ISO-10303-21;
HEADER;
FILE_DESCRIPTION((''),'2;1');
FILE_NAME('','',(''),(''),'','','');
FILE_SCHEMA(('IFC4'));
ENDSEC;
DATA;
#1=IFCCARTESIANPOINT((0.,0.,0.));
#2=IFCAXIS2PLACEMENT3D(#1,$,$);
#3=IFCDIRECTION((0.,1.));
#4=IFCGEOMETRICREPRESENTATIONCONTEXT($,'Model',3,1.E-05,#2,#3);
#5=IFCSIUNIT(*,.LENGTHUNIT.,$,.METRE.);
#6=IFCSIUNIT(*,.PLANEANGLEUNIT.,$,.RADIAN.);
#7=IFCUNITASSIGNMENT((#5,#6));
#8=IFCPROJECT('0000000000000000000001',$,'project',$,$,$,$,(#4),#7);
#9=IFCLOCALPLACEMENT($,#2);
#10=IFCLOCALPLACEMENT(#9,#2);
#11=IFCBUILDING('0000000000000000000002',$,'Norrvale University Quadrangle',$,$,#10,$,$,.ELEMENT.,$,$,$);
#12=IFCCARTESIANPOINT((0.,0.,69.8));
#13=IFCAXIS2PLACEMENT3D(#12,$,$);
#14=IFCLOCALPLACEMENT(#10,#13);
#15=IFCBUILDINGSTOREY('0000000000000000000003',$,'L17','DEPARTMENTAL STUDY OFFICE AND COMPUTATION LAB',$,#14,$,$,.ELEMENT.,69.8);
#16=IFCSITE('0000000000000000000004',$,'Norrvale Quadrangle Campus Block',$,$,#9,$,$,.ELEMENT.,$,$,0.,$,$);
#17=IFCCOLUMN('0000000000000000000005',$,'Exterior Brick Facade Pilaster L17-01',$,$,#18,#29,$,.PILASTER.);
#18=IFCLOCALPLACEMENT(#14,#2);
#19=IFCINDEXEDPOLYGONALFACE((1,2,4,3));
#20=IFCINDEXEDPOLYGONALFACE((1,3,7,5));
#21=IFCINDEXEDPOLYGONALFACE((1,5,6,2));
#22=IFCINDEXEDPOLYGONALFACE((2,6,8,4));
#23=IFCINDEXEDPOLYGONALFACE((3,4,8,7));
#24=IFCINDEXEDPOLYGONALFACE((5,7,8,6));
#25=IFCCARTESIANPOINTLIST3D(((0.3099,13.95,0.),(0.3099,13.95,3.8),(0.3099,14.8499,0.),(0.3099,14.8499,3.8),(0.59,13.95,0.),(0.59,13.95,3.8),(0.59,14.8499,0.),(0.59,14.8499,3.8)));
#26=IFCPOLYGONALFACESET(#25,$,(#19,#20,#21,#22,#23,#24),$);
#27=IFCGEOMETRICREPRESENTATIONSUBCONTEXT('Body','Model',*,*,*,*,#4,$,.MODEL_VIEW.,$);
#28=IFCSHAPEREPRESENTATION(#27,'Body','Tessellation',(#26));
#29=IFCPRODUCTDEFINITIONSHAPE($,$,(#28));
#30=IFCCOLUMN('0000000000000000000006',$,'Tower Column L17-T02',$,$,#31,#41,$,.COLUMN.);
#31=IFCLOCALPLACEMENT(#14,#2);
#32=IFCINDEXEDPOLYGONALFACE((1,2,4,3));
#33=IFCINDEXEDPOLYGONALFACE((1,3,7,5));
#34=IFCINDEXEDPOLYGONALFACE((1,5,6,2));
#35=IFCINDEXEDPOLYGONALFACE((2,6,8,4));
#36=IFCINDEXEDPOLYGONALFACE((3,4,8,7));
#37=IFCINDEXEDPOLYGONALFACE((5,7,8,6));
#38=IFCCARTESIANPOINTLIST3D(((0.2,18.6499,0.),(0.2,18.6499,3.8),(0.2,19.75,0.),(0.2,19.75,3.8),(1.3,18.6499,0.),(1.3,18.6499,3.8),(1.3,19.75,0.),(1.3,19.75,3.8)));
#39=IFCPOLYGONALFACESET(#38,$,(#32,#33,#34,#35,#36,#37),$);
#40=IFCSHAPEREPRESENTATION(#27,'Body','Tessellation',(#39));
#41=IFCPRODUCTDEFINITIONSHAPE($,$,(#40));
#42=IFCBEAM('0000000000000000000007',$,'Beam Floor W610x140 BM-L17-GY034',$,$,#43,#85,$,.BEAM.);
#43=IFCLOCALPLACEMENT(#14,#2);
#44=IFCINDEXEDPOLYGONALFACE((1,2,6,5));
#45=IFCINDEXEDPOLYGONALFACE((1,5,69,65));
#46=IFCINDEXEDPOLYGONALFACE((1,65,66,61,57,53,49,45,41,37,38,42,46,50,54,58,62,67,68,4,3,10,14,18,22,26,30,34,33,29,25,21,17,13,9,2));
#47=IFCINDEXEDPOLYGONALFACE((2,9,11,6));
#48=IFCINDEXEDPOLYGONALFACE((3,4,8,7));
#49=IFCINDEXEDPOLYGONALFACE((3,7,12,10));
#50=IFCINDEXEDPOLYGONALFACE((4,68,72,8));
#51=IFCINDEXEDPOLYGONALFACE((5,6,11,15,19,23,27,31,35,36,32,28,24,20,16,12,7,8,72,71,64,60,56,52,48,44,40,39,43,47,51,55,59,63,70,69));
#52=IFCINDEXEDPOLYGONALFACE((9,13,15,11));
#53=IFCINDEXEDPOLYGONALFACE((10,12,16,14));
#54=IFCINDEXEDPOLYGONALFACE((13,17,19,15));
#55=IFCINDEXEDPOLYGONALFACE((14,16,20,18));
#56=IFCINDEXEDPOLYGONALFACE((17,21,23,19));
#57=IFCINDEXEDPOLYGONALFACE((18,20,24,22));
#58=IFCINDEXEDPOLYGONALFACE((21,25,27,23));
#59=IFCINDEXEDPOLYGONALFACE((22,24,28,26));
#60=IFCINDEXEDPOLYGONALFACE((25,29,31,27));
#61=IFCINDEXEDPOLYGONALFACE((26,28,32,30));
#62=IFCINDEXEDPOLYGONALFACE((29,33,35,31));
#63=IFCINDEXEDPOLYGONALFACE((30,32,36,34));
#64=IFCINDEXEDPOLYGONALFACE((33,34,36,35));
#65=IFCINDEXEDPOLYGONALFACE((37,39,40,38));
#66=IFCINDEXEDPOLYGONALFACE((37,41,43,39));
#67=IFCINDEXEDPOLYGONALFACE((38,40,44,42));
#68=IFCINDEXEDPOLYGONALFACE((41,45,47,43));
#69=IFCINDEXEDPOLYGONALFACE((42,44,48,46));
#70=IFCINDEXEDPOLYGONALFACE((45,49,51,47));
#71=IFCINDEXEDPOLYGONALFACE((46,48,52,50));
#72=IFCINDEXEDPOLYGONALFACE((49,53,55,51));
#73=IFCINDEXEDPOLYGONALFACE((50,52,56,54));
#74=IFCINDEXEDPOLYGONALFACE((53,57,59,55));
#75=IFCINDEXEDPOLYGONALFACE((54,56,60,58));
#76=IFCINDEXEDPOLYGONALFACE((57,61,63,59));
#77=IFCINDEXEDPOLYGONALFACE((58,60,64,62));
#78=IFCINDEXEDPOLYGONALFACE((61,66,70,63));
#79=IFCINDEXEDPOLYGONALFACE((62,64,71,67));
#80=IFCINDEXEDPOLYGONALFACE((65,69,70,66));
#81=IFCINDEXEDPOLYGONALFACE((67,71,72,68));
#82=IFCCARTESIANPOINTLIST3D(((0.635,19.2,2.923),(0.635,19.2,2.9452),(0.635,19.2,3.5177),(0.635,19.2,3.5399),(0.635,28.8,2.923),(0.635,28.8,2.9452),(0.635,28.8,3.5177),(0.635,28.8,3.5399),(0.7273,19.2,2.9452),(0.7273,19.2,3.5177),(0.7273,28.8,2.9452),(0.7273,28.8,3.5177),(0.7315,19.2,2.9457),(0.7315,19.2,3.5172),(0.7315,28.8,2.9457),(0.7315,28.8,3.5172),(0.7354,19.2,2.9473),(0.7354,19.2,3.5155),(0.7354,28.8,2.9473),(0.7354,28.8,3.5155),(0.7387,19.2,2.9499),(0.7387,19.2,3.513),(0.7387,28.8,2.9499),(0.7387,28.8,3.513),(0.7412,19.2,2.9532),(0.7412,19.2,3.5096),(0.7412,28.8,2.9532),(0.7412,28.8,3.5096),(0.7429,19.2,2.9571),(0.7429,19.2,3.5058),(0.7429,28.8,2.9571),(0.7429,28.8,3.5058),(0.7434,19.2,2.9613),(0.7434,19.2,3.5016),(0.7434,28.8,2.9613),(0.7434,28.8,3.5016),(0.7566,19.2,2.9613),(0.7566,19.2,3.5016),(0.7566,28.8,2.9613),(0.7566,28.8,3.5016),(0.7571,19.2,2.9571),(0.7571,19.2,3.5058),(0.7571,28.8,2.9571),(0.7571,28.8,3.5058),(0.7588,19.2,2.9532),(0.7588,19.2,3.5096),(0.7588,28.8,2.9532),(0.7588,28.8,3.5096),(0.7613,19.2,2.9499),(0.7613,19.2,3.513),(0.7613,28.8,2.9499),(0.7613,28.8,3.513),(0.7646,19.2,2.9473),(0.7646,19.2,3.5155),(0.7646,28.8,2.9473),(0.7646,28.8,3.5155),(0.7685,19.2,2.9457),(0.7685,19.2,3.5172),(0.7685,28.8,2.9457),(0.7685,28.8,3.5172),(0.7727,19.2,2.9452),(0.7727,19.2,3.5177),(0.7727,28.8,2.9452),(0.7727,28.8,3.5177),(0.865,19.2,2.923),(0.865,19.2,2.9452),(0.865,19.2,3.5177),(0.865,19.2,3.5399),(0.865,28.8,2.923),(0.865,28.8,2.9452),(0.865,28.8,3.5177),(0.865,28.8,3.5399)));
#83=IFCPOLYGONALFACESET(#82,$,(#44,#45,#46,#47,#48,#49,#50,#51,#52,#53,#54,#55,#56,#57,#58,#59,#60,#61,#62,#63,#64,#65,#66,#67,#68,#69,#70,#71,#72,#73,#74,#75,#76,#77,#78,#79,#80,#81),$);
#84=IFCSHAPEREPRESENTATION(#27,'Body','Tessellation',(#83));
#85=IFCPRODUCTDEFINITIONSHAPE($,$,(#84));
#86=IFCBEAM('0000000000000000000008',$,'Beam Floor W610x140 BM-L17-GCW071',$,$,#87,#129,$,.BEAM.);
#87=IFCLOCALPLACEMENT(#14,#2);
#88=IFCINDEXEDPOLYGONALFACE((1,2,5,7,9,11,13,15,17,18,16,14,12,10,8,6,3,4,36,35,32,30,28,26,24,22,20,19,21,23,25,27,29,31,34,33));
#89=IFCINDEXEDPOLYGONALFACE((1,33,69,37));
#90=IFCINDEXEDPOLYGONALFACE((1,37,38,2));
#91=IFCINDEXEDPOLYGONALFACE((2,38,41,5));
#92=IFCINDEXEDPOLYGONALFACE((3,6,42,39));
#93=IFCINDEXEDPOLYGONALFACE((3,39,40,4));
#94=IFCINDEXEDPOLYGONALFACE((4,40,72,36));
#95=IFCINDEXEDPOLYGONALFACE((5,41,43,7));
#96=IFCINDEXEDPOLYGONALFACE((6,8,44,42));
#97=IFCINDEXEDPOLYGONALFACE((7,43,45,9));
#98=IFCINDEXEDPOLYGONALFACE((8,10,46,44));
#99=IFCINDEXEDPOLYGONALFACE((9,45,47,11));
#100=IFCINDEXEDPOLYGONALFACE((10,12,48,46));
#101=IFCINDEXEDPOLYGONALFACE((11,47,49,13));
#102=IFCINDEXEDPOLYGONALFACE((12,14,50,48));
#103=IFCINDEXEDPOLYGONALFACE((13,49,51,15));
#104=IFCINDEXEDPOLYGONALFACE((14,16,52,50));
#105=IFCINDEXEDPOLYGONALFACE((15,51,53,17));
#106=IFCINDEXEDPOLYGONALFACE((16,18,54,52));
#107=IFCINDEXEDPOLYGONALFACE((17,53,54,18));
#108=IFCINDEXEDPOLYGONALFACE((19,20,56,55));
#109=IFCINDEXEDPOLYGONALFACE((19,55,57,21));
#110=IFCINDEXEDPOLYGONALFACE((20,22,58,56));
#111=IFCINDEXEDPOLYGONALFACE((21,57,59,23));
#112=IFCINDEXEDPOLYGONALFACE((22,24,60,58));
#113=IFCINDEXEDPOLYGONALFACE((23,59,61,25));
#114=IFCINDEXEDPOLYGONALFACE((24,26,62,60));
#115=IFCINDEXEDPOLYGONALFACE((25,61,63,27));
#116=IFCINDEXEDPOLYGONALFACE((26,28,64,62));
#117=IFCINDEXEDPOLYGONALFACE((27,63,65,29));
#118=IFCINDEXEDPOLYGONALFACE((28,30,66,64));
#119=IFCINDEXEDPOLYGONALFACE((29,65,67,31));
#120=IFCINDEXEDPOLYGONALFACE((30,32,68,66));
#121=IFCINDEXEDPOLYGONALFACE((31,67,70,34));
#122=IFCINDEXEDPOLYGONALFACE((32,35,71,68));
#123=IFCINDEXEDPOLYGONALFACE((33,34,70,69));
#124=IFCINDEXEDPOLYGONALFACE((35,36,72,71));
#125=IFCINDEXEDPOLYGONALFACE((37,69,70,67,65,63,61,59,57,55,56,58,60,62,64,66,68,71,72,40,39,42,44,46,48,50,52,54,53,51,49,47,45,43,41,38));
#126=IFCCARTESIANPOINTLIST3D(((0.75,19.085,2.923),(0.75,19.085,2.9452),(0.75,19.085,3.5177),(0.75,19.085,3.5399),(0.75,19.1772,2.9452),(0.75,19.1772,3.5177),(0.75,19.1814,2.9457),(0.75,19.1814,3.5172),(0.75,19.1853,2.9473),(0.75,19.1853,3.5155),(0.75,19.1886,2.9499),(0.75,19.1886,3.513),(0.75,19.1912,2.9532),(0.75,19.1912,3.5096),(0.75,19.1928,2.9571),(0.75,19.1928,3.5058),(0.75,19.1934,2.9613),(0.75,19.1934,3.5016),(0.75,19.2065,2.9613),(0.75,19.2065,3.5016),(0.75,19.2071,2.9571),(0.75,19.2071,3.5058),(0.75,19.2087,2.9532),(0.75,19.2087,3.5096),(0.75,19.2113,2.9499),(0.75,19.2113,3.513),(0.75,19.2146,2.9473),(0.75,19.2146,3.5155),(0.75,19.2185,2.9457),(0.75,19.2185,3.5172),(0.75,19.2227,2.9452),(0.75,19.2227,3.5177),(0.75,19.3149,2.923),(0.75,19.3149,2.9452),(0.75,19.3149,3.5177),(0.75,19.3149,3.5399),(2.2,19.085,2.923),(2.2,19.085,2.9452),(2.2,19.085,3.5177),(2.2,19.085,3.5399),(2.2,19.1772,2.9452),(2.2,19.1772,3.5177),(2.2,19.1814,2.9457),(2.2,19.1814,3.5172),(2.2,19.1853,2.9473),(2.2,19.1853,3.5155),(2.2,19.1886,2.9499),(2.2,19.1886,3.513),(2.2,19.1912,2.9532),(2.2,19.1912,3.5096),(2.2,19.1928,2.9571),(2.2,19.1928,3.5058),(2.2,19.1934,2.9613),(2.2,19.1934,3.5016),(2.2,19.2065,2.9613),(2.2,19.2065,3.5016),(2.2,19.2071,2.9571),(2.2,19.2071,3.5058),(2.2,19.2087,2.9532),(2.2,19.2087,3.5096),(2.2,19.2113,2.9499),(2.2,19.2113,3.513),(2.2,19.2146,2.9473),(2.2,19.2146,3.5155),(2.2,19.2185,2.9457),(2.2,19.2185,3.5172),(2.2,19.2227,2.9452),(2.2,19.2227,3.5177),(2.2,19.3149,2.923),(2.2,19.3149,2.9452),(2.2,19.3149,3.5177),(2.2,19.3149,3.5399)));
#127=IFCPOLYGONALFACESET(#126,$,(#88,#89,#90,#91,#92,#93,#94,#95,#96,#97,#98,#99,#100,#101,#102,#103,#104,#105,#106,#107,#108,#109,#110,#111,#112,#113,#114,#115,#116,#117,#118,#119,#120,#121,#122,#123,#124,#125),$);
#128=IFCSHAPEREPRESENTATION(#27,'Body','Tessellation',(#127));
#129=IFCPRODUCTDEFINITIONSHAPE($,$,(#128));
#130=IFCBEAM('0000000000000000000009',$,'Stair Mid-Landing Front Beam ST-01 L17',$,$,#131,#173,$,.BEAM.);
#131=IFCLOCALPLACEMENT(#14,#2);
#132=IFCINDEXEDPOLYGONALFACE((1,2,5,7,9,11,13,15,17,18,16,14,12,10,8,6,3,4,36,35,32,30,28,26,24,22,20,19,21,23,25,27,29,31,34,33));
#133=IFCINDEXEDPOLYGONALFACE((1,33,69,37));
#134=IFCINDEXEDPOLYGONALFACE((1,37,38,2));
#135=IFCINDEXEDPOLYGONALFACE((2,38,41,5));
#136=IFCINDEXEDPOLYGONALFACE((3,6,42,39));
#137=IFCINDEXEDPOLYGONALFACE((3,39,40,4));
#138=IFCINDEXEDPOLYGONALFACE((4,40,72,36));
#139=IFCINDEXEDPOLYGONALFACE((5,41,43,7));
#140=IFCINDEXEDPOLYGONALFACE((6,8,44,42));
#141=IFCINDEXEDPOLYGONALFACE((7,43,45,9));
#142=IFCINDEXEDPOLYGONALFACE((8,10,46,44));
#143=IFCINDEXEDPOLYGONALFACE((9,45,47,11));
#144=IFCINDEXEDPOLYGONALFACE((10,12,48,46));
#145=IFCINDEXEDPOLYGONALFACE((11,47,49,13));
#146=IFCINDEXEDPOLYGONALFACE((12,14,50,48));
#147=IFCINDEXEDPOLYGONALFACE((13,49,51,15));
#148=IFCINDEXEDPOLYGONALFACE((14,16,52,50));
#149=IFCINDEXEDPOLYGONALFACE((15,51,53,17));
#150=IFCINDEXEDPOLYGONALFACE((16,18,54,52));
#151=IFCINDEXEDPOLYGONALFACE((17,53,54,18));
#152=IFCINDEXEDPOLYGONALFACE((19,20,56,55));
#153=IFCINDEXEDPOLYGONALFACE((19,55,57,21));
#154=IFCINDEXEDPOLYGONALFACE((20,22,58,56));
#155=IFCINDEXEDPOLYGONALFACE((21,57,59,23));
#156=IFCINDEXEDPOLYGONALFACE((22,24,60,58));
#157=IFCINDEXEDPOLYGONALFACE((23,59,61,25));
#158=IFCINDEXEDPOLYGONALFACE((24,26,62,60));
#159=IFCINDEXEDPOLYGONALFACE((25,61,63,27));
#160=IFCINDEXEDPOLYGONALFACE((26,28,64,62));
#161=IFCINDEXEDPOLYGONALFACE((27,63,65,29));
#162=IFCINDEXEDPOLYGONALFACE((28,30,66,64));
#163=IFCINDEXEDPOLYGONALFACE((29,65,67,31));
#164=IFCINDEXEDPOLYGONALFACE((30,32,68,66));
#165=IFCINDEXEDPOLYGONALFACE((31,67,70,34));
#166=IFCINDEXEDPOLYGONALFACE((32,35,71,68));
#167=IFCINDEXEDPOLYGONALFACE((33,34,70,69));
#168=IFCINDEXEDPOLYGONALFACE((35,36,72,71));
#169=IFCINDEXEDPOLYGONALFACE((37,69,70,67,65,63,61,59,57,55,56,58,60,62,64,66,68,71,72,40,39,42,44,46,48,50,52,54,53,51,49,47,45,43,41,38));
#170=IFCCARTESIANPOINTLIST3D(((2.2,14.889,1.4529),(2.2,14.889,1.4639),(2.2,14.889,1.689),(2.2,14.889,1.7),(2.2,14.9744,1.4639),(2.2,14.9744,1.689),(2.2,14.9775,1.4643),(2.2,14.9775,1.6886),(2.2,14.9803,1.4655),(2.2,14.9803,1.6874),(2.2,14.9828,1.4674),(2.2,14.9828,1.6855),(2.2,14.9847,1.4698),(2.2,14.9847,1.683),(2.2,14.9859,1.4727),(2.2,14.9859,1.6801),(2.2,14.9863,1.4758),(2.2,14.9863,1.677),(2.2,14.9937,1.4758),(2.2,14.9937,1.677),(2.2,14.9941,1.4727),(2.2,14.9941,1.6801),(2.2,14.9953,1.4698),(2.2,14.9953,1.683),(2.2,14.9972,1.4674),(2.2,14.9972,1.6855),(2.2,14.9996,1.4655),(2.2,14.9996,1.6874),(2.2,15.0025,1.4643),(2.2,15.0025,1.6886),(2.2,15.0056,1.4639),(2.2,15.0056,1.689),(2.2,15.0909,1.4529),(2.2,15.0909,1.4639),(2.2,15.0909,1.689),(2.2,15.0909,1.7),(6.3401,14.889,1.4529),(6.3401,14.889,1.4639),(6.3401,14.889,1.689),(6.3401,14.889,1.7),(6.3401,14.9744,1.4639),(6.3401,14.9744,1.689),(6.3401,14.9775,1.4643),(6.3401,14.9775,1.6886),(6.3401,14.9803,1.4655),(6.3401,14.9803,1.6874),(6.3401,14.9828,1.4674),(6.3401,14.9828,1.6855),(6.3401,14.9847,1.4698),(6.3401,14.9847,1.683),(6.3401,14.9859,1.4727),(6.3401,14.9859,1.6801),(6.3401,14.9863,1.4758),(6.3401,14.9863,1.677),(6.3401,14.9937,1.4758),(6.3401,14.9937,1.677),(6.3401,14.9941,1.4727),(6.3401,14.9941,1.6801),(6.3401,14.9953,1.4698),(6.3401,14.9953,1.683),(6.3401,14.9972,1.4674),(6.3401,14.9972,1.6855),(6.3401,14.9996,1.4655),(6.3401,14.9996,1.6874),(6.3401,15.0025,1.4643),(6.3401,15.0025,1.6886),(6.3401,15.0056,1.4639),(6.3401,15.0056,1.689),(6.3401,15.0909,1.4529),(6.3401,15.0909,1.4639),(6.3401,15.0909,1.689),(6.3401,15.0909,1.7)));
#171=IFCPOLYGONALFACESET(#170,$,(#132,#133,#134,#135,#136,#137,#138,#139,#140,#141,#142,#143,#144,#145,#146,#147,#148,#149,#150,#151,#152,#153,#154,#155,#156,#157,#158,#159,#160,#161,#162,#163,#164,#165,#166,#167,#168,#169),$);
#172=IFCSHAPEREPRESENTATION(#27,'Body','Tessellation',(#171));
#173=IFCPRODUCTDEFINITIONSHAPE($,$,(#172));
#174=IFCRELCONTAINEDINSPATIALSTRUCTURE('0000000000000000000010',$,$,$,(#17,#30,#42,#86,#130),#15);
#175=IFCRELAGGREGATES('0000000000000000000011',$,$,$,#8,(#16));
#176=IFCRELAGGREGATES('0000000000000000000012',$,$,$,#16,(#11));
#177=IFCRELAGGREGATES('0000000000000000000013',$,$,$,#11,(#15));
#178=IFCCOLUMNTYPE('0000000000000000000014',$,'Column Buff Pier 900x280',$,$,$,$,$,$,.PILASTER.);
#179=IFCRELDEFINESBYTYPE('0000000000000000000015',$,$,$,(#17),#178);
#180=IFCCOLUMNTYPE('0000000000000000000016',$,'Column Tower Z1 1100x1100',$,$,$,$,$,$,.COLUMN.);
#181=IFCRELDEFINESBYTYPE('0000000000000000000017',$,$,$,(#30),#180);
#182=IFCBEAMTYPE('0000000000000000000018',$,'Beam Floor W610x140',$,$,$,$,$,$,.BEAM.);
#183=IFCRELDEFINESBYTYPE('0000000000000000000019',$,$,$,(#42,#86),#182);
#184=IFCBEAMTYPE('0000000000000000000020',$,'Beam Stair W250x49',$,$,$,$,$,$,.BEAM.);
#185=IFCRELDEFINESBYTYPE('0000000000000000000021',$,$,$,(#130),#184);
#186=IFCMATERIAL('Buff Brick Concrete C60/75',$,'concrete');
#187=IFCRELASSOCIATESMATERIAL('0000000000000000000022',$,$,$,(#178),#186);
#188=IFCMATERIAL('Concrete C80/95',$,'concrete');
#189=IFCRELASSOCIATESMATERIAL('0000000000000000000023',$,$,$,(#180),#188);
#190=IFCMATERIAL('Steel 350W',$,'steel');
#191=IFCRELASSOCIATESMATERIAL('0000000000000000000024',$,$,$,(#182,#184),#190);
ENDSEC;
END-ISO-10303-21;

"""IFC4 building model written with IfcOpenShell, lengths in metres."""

from ifc_helpers import new_model, si_unit, direction, frame, origin, origin_2d, place, context, subcontext, project, spatial, rectangle, i_section, extrude, material, material_profile, profile_set, type_object, element, save


model = new_model("IFC4")

# Units and contexts
model_context = context("Model", 3, precision=1e-05, world=origin(), true_north=direction((0.0, 1.0)))
body_context = subcontext(model_context, "Body", "Model", "MODEL_VIEW")
ifc_project = project(units=[si_unit("LENGTHUNIT", "METRE"), si_unit("PLANEANGLEUNIT", "RADIAN")], contexts=[model_context])

# Site, building, storey
site_placement = place(None, origin())
site = spatial("IfcSite", under=ifc_project, at=site_placement, Name="Norrvale Quadrangle Campus Block", CompositionType="ELEMENT", RefElevation=0.0)
building_placement = place(site_placement, origin())
building = spatial("IfcBuilding", under=site, at=building_placement, Name="Norrvale University Quadrangle", CompositionType="ELEMENT")
storey_placement = place(building_placement, frame((0.0, 0.0, 69.8)))
storey = spatial("IfcBuildingStorey", under=building, at=storey_placement, Name="L17", Description="DEPARTMENTAL STUDY OFFICE AND COMPUTATION LAB", CompositionType="ELEMENT", Elevation=69.8)

# Columns
ifc_material_1 = material(Name="Buff Brick Concrete C60/75", Category="concrete")
ifc_material_profile_1 = material_profile(ifc_material_1, rectangle(XDim=0.8999, YDim=0.28, at=origin_2d()), Name="Buff Brick Concrete C60/75")
ifc_profile_set_1 = profile_set([ifc_material_profile_1], Name="Buff Brick Concrete C60/75")
column_type_1 = type_object("IfcColumnType", Name="Column Buff Pier 900x280", PredefinedType="PILASTER", material=ifc_profile_set_1)
column_1_placement = place(storey_placement, frame((0.45, 14.3999, 0.0), z_axis=(0.0, 0.0, 1.0), x_axis=(0.0, 1.0, 0.0)))
element("IfcColumn", 1, at=column_1_placement, inside=storey, type_object=column_type_1, Name="Exterior Brick Facade Pilaster L17-01", PredefinedType="PILASTER", context=body_context, shape_type="SweptSolid", body=[
    extrude(rectangle(XDim=0.8999, YDim=0.28, at=origin_2d()), origin(), (0.0, 0.0, 1.0), 3.8),
])
ifc_material_2 = material(Name="Concrete C80/95", Category="concrete")
ifc_material_profile_2 = material_profile(ifc_material_2, rectangle(XDim=1.1001, YDim=1.1001, at=origin_2d()), Name="Concrete C80/95")
ifc_profile_set_2 = profile_set([ifc_material_profile_2], Name="Concrete C80/95")
column_type_2 = type_object("IfcColumnType", Name="Column Tower Z1 1100x1100", PredefinedType="COLUMN", material=ifc_profile_set_2)
column_2_placement = place(storey_placement, frame((0.75, 19.2, 0.0), z_axis=(0.0, 0.0, 1.0), x_axis=(1.0, 0.0, 0.0)))
element("IfcColumn", 2, at=column_2_placement, inside=storey, type_object=column_type_2, Name="Tower Column L17-T02", PredefinedType="COLUMN", context=body_context, shape_type="SweptSolid", body=[
    extrude(rectangle(XDim=1.1001, YDim=1.1001, at=origin_2d()), origin(), (0.0, 0.0, 1.0), 3.8),
])

# Beams
ifc_material_3 = material(Name="Steel 350W", Category="steel")
ifc_material_profile_3 = material_profile(ifc_material_3, i_section(OverallWidth=0.23, OverallDepth=0.6169, WebThickness=0.0132, FlangeThickness=0.0222, FilletRadius=0.0161, at=origin_2d()), Name="Steel 350W")
ifc_profile_set_3 = profile_set([ifc_material_profile_3], Name="Steel 350W")
beam_type_1 = type_object("IfcBeamType", Name="Beam Floor W610x140", PredefinedType="BEAM", material=ifc_profile_set_3)
beam_1_placement = place(storey_placement, frame((0.75, 19.2, 3.2314), z_axis=(0.0, 1.0, 0.0), x_axis=(-1.0, 0.0, 0.0)))
element("IfcBeam", 3, at=beam_1_placement, inside=storey, type_object=beam_type_1, Name="Beam Floor W610x140 BM-L17-GY034", PredefinedType="BEAM", context=body_context, shape_type="SweptSolid", body=[
    extrude(i_section(OverallWidth=0.23, OverallDepth=0.6169, WebThickness=0.0132, FlangeThickness=0.0222, FilletRadius=0.0161, at=origin_2d()), origin(), (0.0, 0.0, 1.0), 9.6001),
])
beam_2_placement = place(storey_placement, frame((0.75, 19.2, 3.2314), z_axis=(1.0, 0.0, 0.0), x_axis=(0.0, 1.0, 0.0)))
element("IfcBeam", 4, at=beam_2_placement, inside=storey, type_object=beam_type_1, Name="Beam Floor W610x140 BM-L17-GCW071", PredefinedType="BEAM", context=body_context, shape_type="SweptSolid", body=[
    extrude(i_section(OverallWidth=0.23, OverallDepth=0.6169, WebThickness=0.0132, FlangeThickness=0.0222, FilletRadius=0.0161, at=origin_2d()), origin(), (0.0, 0.0, 1.0), 1.45),
])
ifc_material_profile_4 = material_profile(ifc_material_3, i_section(OverallWidth=0.2019, OverallDepth=0.2471, WebThickness=0.0073, FlangeThickness=0.011, FilletRadius=0.012, at=origin_2d()), Name="Steel 350W")
ifc_profile_set_4 = profile_set([ifc_material_profile_4], Name="Steel 350W")
beam_type_2 = type_object("IfcBeamType", Name="Beam Stair W250x49", PredefinedType="BEAM", material=ifc_profile_set_4)
for number, where, z_axis, x_axis, name in (
    (5, (2.2, 14.99, 1.5764), (1.0, 0.0, 0.0), (0.0, 1.0, 0.0), "Stair Mid-Landing Front Beam ST-01 L17"),
):
    element("IfcBeam", number, at=place(storey_placement, frame(where, z_axis=z_axis, x_axis=x_axis)), inside=storey, type_object=beam_type_2, Name=name, PredefinedType="BEAM", context=body_context, shape_type="SweptSolid", body=[
        extrude(i_section(OverallWidth=0.2019, OverallDepth=0.2471, WebThickness=0.0073, FlangeThickness=0.011, FilletRadius=0.012, at=origin_2d()), origin(), (0.0, 0.0, 1.0), 4.1401),
    ])

save(model, "model.ifc")
